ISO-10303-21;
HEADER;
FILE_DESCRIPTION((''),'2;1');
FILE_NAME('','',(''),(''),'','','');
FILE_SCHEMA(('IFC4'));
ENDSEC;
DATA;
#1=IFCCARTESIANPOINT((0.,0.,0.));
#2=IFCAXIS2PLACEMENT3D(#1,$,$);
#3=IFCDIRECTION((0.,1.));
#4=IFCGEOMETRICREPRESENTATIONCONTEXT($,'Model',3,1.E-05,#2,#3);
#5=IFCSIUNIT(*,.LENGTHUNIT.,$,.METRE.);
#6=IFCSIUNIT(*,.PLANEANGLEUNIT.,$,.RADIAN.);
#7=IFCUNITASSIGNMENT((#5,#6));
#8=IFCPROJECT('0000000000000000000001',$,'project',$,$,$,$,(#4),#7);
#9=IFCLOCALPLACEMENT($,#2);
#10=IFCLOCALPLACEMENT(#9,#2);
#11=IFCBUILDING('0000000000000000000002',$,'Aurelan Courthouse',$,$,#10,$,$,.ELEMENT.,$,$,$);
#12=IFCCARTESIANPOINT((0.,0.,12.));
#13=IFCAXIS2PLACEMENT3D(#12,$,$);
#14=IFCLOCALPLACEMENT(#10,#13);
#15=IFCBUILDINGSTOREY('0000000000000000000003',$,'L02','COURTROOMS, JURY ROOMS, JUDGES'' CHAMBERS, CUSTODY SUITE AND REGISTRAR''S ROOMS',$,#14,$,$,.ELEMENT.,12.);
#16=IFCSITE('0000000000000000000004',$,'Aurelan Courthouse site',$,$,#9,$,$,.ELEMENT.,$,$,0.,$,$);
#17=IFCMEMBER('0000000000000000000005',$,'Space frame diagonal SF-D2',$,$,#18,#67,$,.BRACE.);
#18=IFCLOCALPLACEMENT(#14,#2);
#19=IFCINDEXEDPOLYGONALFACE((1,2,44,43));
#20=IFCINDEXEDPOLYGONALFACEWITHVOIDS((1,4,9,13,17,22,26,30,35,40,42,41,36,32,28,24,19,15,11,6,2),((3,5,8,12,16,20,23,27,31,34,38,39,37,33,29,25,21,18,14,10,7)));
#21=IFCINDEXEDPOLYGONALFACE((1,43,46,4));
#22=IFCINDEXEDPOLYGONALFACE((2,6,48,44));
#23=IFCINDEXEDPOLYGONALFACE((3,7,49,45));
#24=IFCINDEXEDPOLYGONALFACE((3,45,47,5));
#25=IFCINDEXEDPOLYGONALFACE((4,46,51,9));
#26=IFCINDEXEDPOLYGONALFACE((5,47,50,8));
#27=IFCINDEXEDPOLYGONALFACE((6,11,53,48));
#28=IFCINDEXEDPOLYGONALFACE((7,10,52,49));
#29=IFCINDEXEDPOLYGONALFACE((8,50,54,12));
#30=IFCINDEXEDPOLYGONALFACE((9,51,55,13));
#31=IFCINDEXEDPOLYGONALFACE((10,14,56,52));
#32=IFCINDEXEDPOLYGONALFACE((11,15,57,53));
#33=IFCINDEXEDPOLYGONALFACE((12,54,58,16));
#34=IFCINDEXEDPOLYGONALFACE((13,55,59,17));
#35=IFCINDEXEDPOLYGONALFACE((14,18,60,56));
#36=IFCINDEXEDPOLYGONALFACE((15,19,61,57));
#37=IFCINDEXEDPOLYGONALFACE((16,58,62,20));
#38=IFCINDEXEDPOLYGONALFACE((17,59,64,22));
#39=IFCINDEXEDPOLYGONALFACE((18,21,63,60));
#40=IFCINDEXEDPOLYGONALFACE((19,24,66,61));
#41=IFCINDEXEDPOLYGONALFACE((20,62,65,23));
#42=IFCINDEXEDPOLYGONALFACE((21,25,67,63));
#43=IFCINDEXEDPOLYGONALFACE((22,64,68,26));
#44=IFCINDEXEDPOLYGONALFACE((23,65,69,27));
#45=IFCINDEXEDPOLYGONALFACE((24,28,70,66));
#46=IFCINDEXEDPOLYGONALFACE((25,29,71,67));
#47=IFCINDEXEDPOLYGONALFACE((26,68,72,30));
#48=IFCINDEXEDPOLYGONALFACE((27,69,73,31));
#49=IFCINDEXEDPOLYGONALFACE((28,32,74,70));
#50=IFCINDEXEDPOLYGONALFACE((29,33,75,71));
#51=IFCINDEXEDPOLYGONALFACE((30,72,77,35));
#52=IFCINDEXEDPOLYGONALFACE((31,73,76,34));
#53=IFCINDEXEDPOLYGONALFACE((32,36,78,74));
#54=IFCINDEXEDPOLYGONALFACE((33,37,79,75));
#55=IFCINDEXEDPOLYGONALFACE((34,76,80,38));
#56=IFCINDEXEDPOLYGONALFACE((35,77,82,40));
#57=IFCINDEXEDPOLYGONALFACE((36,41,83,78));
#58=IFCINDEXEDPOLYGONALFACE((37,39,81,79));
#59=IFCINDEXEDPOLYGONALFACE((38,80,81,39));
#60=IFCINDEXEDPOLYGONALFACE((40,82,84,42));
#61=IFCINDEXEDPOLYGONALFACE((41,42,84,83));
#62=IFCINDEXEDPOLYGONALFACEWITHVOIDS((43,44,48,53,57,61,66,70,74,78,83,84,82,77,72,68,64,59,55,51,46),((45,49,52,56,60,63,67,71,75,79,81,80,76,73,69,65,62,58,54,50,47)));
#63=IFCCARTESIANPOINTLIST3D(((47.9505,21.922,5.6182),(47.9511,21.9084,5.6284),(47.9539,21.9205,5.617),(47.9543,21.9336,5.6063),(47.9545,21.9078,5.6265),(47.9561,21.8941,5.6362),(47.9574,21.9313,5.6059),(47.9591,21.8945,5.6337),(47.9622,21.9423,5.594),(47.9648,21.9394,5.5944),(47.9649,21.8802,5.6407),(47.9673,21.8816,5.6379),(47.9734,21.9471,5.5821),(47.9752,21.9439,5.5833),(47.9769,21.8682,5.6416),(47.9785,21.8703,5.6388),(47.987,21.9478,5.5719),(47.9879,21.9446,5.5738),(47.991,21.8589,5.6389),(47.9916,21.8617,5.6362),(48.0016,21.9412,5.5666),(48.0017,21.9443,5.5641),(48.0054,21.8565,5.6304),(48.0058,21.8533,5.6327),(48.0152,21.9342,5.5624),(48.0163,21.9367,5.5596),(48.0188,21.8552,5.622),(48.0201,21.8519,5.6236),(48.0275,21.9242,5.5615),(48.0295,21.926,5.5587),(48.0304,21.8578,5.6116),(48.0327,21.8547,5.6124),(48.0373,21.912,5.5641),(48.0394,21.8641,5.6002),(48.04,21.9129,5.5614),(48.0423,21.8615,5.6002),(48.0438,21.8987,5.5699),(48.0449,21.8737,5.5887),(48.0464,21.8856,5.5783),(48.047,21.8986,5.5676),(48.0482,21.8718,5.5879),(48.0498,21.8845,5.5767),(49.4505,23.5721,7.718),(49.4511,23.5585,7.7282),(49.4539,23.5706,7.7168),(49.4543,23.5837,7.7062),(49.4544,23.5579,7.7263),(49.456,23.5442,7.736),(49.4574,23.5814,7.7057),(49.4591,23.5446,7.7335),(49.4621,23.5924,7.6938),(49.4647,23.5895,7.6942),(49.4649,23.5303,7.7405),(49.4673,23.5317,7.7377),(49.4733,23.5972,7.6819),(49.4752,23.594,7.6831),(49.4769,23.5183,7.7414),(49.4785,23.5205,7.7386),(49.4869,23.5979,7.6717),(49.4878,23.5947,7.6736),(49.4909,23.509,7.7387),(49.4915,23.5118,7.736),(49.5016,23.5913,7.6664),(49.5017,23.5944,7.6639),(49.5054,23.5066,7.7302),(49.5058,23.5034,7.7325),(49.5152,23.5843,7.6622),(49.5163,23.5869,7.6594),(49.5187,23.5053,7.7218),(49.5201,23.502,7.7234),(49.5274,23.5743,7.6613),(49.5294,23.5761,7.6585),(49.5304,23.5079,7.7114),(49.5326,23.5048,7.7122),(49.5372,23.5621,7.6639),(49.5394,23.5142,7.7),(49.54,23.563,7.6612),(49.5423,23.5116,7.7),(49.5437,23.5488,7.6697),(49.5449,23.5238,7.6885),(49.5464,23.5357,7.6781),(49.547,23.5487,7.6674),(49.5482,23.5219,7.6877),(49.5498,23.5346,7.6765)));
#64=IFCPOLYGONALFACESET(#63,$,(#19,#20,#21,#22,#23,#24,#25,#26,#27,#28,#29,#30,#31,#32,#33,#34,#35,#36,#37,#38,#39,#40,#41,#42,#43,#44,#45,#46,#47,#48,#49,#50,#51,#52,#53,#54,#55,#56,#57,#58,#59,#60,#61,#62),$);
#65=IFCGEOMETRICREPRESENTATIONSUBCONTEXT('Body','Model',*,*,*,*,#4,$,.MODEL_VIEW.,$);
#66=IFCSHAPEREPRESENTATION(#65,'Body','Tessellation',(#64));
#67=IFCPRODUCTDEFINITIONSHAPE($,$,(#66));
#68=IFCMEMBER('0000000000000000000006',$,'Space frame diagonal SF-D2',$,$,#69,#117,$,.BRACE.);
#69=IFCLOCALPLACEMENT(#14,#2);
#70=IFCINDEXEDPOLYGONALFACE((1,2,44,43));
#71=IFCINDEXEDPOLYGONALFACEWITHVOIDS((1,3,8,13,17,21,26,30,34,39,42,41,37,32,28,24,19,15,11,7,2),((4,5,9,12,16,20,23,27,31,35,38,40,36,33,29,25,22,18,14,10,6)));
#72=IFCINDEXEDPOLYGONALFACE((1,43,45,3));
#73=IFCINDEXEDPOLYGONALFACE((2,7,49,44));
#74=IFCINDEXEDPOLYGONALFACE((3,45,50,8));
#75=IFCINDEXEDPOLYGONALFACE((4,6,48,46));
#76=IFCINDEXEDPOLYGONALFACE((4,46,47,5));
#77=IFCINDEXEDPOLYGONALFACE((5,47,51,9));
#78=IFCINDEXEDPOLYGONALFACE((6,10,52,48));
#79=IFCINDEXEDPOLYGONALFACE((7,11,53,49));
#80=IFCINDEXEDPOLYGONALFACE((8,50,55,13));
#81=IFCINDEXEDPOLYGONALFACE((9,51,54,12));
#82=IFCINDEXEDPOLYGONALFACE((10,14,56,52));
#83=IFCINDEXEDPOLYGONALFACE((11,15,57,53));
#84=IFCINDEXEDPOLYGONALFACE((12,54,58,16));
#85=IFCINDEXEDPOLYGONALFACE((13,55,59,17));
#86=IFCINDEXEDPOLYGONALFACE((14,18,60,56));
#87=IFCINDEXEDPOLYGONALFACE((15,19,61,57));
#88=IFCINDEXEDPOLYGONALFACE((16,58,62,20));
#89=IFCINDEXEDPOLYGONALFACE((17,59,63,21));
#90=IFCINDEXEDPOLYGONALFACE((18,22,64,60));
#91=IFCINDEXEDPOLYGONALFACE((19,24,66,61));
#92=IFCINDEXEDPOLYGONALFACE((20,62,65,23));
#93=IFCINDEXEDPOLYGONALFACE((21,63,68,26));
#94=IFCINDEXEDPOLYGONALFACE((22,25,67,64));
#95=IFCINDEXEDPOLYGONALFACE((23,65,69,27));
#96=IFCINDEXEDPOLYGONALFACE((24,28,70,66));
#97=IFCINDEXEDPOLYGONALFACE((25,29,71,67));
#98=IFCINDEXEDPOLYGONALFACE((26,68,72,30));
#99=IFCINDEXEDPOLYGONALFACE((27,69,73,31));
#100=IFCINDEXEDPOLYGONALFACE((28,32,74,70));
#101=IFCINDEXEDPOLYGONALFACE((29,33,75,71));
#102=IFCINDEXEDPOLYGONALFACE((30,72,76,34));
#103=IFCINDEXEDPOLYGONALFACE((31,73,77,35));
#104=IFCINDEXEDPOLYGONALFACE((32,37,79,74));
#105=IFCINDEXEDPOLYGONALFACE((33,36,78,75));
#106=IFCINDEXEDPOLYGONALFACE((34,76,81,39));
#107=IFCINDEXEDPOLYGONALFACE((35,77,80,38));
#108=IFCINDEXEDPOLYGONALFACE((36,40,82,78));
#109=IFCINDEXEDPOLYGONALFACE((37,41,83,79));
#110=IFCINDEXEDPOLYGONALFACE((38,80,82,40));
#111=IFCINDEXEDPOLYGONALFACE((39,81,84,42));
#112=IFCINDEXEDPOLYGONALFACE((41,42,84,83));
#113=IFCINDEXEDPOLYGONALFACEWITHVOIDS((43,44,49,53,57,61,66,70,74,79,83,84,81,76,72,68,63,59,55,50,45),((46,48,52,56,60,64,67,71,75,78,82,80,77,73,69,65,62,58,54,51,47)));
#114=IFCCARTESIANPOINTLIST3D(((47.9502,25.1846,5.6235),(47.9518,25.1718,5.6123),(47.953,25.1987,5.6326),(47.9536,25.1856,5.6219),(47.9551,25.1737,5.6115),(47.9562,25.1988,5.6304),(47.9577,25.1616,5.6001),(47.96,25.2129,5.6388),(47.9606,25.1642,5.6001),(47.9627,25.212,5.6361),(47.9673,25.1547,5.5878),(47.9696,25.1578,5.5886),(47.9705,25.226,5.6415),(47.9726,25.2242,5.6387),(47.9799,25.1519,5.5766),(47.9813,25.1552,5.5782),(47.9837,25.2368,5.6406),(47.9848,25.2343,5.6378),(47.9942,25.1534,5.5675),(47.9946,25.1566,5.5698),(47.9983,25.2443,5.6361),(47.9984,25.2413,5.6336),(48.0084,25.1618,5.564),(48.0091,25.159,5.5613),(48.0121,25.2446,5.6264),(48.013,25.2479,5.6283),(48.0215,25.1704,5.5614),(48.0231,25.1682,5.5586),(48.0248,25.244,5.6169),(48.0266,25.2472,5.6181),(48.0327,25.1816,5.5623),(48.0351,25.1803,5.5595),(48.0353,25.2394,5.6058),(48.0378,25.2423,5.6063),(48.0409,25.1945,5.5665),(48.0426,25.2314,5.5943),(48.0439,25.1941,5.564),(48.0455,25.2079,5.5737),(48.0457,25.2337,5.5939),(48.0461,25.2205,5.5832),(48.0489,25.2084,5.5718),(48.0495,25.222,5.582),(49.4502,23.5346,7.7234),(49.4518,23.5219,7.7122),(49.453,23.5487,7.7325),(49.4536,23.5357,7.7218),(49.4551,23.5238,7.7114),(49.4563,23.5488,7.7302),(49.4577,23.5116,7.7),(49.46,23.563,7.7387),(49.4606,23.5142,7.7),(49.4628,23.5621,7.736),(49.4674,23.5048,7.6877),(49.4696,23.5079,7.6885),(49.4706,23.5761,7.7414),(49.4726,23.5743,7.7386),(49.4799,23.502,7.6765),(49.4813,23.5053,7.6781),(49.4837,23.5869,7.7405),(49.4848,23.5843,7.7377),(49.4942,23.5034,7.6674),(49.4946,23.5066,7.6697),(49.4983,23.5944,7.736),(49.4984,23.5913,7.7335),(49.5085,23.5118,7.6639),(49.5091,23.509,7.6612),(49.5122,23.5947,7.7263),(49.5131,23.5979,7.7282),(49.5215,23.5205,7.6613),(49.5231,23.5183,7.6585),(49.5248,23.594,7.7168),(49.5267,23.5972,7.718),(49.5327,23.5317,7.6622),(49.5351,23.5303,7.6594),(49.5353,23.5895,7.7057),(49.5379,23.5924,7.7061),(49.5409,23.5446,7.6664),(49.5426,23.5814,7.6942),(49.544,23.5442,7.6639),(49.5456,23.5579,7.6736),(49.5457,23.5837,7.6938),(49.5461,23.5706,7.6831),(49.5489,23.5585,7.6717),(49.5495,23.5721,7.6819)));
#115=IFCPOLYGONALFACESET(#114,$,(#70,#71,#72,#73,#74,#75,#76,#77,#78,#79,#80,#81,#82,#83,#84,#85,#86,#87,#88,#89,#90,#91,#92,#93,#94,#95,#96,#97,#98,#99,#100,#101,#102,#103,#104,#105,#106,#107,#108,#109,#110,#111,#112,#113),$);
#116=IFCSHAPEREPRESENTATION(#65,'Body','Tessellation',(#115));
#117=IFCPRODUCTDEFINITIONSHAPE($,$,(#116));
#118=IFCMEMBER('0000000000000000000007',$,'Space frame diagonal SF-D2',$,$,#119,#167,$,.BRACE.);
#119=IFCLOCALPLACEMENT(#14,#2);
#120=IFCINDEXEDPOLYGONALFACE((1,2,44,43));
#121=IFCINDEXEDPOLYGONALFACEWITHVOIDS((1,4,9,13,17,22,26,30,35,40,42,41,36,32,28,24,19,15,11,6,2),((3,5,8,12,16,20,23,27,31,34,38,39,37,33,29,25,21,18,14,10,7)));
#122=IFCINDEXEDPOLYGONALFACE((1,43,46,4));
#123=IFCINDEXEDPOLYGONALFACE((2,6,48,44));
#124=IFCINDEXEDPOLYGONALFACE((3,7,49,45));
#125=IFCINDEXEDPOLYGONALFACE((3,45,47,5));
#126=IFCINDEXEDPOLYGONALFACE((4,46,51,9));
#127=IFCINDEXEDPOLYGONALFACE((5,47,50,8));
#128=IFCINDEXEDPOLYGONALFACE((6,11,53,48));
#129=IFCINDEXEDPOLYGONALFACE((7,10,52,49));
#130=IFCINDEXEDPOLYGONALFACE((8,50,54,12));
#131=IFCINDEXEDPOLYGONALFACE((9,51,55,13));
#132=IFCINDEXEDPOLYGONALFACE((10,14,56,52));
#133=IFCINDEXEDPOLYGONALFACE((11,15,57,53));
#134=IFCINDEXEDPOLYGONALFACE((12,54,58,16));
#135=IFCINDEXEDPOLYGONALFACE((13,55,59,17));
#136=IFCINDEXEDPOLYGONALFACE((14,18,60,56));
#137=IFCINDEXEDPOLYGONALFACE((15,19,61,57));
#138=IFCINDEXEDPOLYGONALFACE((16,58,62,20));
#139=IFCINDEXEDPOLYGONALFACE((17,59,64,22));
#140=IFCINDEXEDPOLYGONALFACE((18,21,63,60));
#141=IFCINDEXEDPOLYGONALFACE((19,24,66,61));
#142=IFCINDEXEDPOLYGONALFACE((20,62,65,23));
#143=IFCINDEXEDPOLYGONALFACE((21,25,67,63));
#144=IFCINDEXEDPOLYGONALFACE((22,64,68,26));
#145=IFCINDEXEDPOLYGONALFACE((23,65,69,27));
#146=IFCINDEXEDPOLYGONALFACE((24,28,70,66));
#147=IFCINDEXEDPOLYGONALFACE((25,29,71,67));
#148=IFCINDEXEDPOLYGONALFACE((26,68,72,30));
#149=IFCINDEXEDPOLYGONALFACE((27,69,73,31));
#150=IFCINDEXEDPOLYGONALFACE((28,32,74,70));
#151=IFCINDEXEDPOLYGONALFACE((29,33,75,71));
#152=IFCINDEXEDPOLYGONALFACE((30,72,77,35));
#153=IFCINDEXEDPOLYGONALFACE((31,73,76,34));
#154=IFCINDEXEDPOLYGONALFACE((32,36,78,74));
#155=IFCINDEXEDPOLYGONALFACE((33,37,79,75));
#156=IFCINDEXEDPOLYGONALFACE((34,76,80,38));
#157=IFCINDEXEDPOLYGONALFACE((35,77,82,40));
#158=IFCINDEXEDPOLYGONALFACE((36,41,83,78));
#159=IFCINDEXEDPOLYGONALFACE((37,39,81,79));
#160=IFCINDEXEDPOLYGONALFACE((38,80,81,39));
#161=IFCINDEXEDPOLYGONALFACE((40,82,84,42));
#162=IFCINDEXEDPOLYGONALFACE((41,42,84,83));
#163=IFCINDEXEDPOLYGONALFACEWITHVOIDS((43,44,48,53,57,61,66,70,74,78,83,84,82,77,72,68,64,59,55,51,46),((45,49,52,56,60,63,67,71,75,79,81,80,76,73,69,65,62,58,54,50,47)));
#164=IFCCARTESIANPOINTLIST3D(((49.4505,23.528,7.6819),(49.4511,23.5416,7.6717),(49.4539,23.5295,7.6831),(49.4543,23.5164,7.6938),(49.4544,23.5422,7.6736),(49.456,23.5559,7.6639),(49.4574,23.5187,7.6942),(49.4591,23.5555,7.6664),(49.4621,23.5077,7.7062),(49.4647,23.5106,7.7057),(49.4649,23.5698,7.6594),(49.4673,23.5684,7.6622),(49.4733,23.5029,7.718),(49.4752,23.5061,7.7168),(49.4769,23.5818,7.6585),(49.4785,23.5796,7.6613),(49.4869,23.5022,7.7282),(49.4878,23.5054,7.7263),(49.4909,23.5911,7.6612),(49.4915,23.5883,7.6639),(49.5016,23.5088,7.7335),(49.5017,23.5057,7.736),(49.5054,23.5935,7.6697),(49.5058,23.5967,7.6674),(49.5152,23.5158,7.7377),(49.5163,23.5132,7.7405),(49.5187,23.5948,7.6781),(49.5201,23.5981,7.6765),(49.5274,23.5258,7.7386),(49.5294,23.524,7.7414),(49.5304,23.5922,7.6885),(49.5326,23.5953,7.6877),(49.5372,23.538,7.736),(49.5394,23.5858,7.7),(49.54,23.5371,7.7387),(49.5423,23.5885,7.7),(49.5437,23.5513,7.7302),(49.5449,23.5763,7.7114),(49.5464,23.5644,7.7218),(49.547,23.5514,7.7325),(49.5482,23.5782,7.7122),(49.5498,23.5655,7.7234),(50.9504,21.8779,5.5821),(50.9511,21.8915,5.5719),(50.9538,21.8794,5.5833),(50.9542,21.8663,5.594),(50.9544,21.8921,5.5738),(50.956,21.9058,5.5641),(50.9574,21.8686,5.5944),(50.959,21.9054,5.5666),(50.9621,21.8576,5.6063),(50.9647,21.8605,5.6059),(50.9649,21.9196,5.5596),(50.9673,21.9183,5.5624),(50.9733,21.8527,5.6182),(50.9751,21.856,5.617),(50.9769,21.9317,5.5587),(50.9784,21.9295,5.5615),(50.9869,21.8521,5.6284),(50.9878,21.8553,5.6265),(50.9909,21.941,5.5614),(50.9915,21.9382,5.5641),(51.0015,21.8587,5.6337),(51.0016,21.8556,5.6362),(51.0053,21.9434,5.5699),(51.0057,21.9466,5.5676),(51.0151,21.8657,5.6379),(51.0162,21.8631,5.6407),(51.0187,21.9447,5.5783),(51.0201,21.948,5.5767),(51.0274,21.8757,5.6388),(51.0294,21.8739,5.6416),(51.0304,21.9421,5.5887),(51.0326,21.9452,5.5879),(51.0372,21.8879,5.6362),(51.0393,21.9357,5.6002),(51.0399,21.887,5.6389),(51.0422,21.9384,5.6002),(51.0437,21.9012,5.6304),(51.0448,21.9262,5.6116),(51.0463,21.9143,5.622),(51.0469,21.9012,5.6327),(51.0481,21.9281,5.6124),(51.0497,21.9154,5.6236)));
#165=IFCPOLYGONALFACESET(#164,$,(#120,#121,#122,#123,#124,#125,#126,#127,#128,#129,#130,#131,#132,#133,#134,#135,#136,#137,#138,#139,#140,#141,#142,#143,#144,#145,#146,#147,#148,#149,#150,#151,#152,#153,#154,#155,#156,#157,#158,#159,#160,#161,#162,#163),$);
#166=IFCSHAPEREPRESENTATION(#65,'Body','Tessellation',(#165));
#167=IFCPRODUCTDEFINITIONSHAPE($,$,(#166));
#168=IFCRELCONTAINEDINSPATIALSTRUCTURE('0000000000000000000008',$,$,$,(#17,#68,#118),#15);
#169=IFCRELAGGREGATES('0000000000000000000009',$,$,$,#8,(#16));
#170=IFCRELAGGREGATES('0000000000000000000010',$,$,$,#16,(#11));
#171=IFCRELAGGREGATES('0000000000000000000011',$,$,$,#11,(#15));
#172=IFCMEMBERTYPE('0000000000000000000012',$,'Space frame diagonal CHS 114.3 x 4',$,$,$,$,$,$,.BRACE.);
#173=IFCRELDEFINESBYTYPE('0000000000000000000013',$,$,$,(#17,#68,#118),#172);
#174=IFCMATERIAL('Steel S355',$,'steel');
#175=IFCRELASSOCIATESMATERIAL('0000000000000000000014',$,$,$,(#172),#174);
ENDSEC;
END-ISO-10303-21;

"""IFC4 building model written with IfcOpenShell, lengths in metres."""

from ifc_helpers import new_model, si_unit, direction, frame, origin, origin_2d, place, context, subcontext, project, spatial, hollow_circle, extrude, material, material_profile, profile_set, type_object, element, save


model = new_model("IFC4")

# Units and contexts
model_context = context("Model", 3, precision=1e-05, world=origin(), true_north=direction((0.0, 1.0)))
body_context = subcontext(model_context, "Body", "Model", "MODEL_VIEW")
ifc_project = project(units=[si_unit("LENGTHUNIT", "METRE"), si_unit("PLANEANGLEUNIT", "RADIAN")], contexts=[model_context])

# Site, building, storey
site_placement = place(None, origin())
site = spatial("IfcSite", under=ifc_project, at=site_placement, Name="Aurelan Courthouse site", CompositionType="ELEMENT", RefElevation=0.0)
building_placement = place(site_placement, origin())
building = spatial("IfcBuilding", under=site, at=building_placement, Name="Aurelan Courthouse", CompositionType="ELEMENT")
storey_placement = place(building_placement, frame((0.0, 0.0, 12.0)))
storey = spatial("IfcBuildingStorey", under=building, at=storey_placement, Name="L02", Description="COURTROOMS, JURY ROOMS, JUDGES' CHAMBERS, CUSTODY SUITE AND REGISTRAR'S ROOMS", CompositionType="ELEMENT", Elevation=12.0)

# Members
ifc_material_1 = material(Name="Steel S355", Category="steel")
ifc_material_profile_1 = material_profile(ifc_material_1, hollow_circle(Radius=0.0571, WallThickness=0.0039, at=origin_2d()), Name="CHS 114.3 x 4")
ifc_profile_set_1 = profile_set([ifc_material_profile_1], Name="Steel S355")
member_type_1 = type_object("IfcMemberType", Name="Space frame diagonal CHS 114.3 x 4", PredefinedType="BRACE", material=ifc_profile_set_1)
for number, where, z_axis, x_axis, name in (
    (1, (49.5, 23.55, 7.7), (-0.489706, -0.538724, -0.68554), (0.73997, -0.67264, 0.0), "Space frame diagonal SF-D2"),
    (2, (49.5, 23.55, 7.7), (-0.489727, 0.538667, -0.685569), (-0.73992, -0.672695, 0.0), "Space frame diagonal SF-D2"),
    (3, (49.5, 23.55, 7.7), (0.489706, -0.538724, -0.68554), (0.73997, 0.67264, 0.0), "Space frame diagonal SF-D2"),
):
    element("IfcMember", number, at=place(storey_placement, frame(where, z_axis=z_axis, x_axis=x_axis)), inside=storey, type_object=member_type_1, Name=name, PredefinedType="BRACE", context=body_context, shape_type="SweptSolid", body=[
        extrude(hollow_circle(Radius=0.0571, WallThickness=0.0039, at=origin_2d()), origin(), (0.0, 0.0, 1.0), 3.063),
    ])

save(model, "model.ifc")
